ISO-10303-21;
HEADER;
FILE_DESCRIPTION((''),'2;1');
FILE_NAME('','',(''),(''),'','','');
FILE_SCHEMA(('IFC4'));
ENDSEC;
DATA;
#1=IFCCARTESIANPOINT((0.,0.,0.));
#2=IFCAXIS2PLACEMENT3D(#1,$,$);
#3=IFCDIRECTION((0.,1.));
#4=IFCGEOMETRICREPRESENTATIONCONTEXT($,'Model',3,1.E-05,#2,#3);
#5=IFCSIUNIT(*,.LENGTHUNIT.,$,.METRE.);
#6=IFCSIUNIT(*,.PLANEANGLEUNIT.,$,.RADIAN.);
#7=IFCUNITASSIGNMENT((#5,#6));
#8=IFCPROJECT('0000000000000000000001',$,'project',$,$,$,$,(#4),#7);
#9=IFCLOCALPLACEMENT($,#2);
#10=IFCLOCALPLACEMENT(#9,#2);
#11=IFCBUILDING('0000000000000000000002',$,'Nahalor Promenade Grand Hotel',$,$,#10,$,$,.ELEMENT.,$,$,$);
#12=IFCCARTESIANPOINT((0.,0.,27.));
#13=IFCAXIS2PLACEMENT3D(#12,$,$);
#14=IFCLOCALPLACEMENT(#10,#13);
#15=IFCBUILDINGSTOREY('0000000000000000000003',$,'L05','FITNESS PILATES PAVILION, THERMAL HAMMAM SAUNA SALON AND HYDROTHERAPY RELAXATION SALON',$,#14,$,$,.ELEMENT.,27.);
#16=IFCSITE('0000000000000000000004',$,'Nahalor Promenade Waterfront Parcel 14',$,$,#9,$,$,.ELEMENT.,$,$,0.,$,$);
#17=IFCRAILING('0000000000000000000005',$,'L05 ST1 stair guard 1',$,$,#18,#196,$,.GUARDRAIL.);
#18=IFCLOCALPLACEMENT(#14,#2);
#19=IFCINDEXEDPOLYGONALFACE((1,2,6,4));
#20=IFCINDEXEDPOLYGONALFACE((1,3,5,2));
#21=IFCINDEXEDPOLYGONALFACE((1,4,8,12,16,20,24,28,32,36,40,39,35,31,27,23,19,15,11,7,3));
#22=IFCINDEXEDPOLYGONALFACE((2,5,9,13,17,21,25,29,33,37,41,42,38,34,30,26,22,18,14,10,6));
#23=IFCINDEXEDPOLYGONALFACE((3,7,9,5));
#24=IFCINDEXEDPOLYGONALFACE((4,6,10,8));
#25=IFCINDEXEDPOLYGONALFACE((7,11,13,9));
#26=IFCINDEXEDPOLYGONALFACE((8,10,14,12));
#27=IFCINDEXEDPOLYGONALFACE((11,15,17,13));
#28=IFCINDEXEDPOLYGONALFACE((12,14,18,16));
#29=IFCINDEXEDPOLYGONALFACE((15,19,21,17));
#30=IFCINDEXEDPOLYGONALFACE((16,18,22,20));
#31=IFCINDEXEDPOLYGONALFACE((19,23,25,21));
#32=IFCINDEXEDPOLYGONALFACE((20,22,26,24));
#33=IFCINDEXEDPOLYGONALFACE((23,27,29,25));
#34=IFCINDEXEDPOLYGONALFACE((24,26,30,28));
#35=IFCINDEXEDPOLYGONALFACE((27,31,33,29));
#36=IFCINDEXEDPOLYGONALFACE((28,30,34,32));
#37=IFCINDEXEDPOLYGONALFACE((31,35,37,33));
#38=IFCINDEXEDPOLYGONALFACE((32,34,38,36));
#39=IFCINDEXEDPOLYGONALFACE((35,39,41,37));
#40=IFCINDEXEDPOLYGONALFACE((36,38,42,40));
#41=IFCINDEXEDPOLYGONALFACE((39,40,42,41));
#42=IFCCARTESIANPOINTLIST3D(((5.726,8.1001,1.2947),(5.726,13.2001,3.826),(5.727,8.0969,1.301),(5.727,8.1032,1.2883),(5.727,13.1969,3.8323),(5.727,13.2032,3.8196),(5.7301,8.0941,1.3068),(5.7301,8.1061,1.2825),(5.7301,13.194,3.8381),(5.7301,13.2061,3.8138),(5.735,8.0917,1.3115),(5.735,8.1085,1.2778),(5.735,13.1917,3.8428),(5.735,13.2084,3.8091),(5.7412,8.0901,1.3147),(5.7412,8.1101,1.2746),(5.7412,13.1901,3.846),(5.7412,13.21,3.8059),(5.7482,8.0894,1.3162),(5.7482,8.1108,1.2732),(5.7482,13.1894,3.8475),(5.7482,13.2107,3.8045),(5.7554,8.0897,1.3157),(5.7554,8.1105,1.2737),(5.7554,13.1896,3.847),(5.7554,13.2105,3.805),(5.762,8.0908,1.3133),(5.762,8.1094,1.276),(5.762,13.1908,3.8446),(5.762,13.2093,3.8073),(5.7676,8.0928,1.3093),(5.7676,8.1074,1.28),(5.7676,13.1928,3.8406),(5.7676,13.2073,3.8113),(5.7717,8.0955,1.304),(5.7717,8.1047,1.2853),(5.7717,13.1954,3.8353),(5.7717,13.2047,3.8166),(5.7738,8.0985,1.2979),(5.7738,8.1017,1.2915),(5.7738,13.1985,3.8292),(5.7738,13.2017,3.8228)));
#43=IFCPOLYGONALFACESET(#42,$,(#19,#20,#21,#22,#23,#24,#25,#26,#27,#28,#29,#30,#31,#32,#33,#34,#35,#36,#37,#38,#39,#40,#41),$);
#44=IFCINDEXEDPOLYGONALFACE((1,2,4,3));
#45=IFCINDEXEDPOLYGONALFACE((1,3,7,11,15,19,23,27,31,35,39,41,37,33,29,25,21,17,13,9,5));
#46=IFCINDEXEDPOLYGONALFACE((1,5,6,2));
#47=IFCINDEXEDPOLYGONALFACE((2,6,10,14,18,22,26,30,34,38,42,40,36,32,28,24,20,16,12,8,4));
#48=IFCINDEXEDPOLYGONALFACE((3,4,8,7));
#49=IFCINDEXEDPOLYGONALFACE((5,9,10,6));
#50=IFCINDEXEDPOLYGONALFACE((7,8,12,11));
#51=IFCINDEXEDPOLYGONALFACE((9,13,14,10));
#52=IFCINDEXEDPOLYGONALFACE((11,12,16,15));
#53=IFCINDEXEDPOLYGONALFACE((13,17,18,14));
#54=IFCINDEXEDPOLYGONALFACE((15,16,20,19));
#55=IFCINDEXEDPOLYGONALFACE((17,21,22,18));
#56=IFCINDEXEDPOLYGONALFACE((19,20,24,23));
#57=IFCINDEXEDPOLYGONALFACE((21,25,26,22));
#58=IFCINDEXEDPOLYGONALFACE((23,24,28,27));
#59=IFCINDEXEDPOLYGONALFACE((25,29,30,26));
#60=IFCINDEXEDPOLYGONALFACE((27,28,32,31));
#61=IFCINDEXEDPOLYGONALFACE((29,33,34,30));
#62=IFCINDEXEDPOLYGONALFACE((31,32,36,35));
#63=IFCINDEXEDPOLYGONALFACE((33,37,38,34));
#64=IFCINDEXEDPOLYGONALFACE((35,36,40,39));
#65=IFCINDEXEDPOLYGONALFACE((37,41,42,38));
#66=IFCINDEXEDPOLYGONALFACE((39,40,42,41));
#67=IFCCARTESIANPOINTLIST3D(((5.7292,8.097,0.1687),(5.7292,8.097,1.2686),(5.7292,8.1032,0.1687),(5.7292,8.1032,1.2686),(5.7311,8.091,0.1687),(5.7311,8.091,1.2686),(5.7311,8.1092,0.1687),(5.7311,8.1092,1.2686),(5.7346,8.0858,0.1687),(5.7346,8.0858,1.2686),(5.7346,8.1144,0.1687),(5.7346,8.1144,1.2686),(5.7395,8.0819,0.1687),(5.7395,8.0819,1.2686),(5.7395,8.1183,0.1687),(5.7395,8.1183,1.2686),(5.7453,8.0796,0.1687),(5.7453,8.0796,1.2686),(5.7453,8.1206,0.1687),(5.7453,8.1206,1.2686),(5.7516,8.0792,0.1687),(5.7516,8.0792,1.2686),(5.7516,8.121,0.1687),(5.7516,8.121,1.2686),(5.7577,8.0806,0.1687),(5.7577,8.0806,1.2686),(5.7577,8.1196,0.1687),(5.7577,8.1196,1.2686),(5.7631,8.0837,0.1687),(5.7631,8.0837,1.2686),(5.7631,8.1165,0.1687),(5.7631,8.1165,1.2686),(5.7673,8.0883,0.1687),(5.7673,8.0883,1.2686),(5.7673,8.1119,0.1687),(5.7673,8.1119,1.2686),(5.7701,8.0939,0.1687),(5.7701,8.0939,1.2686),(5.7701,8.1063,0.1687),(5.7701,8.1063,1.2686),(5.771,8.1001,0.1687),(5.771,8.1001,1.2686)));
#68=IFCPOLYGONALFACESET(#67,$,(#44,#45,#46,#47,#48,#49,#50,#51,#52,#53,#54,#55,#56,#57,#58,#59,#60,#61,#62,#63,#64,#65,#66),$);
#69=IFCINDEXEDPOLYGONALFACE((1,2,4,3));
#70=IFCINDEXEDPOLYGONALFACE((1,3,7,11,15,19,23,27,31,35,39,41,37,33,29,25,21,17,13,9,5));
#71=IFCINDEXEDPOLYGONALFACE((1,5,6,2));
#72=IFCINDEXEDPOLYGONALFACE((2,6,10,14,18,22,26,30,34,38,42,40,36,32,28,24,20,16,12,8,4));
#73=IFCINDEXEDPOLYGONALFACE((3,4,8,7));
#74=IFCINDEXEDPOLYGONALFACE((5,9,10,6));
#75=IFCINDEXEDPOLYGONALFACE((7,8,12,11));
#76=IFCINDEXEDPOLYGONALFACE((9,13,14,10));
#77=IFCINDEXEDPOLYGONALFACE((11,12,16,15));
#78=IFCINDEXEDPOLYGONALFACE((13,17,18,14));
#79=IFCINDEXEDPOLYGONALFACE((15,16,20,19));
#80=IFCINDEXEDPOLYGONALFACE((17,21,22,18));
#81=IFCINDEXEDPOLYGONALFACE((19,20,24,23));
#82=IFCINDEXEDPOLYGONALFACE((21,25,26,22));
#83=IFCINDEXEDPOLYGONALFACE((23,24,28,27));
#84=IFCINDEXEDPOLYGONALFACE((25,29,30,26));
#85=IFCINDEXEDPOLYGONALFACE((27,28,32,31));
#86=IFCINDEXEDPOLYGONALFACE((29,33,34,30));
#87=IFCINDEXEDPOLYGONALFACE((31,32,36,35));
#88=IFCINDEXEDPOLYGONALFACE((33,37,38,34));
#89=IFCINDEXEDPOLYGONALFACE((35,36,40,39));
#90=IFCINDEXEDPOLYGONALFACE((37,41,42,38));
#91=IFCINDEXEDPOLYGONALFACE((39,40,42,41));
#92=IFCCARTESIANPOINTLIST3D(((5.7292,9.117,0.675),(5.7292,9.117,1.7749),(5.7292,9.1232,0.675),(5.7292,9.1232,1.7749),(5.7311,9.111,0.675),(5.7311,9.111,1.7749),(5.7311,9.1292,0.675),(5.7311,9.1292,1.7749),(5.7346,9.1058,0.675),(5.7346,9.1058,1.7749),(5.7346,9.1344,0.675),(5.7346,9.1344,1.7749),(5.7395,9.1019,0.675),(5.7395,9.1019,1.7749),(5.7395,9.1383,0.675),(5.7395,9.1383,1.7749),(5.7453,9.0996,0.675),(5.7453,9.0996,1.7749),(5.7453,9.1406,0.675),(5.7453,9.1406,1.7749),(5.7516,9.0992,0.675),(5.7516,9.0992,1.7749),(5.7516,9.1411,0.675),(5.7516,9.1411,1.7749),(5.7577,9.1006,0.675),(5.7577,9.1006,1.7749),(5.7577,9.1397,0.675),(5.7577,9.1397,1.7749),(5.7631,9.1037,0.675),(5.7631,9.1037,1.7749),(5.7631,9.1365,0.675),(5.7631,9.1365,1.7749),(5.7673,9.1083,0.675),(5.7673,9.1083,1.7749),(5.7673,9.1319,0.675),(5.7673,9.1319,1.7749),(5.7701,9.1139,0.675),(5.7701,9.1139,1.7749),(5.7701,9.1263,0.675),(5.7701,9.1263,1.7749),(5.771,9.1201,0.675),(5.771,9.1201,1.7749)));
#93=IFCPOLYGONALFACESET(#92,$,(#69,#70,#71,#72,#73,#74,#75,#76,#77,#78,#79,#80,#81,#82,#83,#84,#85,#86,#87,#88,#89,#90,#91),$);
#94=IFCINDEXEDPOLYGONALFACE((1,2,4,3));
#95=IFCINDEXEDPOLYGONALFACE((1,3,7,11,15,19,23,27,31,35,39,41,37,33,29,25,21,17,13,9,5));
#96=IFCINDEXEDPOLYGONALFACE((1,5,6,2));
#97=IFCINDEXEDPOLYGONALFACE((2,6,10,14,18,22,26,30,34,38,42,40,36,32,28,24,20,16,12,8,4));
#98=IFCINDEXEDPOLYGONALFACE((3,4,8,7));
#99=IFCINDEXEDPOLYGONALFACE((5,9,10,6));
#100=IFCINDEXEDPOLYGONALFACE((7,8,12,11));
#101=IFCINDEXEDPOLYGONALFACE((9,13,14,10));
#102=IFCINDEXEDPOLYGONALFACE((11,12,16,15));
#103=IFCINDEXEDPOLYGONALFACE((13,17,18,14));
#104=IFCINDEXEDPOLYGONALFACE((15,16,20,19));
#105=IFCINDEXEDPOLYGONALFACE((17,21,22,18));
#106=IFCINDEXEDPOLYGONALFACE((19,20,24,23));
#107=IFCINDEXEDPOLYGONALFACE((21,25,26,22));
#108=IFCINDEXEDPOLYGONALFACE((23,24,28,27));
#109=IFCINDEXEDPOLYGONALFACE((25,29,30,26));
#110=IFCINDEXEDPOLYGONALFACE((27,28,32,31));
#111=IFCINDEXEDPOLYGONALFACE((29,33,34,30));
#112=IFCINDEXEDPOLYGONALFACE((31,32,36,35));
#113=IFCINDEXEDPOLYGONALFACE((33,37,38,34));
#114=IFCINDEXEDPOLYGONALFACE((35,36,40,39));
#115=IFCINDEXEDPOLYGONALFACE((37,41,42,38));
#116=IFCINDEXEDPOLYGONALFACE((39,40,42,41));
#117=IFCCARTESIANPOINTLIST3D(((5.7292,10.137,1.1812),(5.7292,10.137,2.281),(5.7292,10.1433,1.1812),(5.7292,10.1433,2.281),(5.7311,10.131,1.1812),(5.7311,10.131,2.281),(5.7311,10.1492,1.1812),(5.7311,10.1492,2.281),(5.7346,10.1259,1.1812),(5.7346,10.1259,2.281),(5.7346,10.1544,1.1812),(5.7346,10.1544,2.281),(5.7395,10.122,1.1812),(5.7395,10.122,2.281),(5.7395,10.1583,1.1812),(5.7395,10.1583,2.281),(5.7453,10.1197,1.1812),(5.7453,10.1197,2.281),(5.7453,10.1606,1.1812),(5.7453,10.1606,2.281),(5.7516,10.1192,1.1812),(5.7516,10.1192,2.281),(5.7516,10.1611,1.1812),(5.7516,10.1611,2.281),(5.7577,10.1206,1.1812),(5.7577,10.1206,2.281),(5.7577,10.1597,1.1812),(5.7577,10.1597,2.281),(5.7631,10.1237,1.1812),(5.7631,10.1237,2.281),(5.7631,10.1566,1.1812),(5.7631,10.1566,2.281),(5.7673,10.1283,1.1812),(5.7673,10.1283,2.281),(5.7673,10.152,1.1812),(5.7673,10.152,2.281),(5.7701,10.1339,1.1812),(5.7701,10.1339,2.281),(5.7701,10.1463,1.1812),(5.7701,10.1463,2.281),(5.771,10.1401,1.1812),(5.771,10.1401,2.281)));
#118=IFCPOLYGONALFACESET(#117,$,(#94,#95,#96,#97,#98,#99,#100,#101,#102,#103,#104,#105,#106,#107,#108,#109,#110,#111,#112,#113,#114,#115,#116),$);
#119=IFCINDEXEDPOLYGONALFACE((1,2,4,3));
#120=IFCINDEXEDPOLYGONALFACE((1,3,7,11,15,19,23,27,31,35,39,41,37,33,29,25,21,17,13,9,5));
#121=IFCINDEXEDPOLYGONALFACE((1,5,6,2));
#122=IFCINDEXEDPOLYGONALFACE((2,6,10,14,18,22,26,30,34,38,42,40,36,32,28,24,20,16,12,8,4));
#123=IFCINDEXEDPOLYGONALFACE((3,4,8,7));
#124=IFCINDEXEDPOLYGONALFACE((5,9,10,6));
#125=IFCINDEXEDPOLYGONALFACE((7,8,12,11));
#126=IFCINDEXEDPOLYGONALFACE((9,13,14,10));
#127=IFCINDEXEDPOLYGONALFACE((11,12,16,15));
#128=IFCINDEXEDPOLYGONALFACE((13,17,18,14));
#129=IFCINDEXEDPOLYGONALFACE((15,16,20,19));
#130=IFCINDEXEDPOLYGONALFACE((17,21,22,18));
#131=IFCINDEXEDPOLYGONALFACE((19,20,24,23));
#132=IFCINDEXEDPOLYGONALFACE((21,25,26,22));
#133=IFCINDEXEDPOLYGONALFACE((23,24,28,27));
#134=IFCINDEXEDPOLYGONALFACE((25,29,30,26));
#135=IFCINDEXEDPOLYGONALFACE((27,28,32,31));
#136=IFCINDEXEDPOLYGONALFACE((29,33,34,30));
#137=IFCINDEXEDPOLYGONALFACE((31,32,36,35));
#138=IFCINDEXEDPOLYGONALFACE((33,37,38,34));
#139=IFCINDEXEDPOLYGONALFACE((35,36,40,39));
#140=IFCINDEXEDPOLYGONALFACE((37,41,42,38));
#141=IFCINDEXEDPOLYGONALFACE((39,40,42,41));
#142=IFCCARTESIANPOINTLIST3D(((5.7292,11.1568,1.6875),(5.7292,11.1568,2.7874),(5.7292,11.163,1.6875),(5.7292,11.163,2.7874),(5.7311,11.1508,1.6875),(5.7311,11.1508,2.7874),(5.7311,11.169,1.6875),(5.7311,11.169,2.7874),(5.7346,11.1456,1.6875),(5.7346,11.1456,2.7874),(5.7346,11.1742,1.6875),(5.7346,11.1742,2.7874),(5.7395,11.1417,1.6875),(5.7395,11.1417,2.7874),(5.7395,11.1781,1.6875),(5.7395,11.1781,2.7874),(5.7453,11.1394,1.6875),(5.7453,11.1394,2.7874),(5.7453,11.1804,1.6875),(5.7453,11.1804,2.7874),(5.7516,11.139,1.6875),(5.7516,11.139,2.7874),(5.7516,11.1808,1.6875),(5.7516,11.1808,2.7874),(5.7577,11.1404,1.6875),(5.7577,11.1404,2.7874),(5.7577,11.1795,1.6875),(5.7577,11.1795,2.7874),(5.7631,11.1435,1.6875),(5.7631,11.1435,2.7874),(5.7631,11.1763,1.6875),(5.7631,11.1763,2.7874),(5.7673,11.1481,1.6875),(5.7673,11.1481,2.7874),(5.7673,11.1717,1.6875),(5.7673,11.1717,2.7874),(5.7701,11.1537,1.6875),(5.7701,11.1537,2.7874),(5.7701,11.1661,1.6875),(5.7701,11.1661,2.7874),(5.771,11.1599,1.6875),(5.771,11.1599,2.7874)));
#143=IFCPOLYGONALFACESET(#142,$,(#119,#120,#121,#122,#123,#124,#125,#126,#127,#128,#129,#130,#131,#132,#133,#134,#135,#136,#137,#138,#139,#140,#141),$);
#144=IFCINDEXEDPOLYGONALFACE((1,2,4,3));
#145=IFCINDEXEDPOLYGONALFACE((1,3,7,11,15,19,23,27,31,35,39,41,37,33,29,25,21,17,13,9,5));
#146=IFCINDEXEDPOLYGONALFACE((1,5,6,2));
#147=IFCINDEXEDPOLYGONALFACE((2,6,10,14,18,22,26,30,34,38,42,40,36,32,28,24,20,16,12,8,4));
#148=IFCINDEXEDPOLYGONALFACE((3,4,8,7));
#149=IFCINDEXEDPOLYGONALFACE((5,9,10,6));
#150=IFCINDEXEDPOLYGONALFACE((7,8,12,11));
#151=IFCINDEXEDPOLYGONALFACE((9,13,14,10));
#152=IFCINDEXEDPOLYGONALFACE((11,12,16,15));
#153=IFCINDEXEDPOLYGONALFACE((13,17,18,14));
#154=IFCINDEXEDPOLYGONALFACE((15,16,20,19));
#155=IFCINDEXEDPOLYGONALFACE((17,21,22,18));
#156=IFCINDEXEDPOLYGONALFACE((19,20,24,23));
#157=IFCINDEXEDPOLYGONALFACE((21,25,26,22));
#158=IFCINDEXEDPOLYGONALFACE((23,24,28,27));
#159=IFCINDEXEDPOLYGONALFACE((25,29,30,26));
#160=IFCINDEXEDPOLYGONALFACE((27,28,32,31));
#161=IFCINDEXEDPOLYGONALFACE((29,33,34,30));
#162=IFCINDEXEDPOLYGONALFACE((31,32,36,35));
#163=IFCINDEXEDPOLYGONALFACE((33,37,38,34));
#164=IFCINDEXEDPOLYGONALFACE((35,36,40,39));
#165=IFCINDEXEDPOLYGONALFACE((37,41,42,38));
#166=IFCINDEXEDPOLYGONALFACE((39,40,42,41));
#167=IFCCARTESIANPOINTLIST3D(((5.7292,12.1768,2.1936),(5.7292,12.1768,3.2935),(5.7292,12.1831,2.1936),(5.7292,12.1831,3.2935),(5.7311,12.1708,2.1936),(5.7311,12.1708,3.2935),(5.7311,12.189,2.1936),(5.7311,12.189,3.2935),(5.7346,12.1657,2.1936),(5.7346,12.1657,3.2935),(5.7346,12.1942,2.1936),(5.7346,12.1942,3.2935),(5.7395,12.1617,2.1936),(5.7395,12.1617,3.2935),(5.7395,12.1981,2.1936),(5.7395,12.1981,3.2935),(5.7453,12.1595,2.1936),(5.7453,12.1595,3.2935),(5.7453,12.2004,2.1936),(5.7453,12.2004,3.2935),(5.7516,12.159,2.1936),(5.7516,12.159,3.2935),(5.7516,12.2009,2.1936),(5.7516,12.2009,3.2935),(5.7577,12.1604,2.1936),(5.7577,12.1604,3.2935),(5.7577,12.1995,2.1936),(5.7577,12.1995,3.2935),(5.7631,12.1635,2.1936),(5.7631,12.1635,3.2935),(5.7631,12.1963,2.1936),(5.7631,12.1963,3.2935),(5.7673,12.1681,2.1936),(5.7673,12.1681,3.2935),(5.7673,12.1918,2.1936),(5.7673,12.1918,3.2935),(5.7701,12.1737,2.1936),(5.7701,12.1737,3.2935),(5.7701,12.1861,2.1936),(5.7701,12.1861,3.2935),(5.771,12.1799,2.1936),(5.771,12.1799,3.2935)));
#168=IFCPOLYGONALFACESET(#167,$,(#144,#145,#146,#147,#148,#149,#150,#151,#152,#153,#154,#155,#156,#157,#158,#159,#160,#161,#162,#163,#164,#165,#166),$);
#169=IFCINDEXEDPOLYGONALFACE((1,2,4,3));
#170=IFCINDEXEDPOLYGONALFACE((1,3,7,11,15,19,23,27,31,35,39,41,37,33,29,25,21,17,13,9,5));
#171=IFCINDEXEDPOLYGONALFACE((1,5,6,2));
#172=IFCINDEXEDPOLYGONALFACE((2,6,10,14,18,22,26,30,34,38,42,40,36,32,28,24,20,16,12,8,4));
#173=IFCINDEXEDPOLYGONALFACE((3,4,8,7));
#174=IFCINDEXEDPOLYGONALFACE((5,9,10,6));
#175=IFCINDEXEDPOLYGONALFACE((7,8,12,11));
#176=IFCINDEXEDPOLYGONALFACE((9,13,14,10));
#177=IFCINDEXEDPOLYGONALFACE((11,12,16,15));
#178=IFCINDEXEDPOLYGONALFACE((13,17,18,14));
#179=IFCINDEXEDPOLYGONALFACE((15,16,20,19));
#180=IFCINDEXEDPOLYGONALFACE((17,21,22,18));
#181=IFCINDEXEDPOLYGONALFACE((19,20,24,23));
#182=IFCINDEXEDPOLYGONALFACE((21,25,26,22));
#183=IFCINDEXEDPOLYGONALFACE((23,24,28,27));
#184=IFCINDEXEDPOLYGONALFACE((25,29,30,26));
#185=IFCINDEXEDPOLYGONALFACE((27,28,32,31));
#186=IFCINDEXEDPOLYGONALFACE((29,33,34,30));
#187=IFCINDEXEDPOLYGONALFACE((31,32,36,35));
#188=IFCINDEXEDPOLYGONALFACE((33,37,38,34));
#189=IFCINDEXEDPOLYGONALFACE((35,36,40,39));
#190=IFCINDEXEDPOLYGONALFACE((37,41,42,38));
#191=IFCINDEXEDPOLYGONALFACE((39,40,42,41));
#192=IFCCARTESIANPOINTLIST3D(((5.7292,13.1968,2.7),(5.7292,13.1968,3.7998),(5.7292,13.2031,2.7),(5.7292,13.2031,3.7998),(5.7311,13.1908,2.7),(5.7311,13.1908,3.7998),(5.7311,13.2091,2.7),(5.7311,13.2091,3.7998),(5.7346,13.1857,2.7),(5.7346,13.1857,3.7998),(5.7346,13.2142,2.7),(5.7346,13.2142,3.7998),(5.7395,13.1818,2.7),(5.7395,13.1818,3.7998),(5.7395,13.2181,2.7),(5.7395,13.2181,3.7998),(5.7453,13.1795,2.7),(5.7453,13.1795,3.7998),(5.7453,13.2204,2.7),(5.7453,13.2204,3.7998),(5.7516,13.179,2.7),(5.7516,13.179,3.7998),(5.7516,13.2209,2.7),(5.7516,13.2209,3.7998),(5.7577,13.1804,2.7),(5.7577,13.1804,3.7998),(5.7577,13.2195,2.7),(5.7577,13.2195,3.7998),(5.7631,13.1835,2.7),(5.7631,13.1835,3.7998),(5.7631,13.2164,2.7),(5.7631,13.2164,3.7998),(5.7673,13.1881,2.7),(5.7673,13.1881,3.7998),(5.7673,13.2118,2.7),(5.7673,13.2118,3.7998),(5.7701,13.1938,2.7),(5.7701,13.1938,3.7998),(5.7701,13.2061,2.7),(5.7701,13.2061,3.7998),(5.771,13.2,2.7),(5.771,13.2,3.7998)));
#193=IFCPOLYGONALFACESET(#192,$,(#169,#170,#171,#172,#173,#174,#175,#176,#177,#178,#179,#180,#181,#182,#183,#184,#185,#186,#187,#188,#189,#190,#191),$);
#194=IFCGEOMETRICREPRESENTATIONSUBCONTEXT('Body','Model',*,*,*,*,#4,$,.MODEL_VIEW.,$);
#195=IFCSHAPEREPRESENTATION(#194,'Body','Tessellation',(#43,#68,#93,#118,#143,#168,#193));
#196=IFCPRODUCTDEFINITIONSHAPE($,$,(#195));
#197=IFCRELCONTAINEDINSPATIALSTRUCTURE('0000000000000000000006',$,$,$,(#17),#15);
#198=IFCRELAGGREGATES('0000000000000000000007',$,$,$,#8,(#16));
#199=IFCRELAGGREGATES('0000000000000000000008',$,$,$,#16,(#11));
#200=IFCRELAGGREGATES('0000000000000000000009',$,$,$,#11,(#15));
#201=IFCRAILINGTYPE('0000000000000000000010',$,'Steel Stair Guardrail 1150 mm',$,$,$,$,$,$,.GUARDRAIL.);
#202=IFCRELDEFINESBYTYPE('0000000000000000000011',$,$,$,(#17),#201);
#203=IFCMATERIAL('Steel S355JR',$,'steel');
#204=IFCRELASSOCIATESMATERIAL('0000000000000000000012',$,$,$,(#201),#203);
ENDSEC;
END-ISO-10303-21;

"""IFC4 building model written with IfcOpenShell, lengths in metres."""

from ifc_helpers import new_model, si_unit, direction, frame, origin, origin_2d, place, context, subcontext, project, spatial, circle, extrude, material, type_object, element, save


model = new_model("IFC4")

# Units and contexts
model_context = context("Model", 3, precision=1e-05, world=origin(), true_north=direction((0.0, 1.0)))
body_context = subcontext(model_context, "Body", "Model", "MODEL_VIEW")
ifc_project = project(units=[si_unit("LENGTHUNIT", "METRE"), si_unit("PLANEANGLEUNIT", "RADIAN")], contexts=[model_context])

# Site, building, storey
site_placement = place(None, origin())
site = spatial("IfcSite", under=ifc_project, at=site_placement, Name="Nahalor Promenade Waterfront Parcel 14", CompositionType="ELEMENT", RefElevation=0.0)
building_placement = place(site_placement, origin())
building = spatial("IfcBuilding", under=site, at=building_placement, Name="Nahalor Promenade Grand Hotel", CompositionType="ELEMENT")
storey_placement = place(building_placement, frame((0.0, 0.0, 27.0)))
storey = spatial("IfcBuildingStorey", under=building, at=storey_placement, Name="L05", Description="FITNESS PILATES PAVILION, THERMAL HAMMAM SAUNA SALON AND HYDROTHERAPY RELAXATION SALON", CompositionType="ELEMENT", Elevation=27.0)

# Shared definitions
ifc_material_1 = material(Name="Steel S355JR", Category="steel")

# Railing
railing_type_1 = type_object("IfcRailingType", Name="Steel Stair Guardrail 1150 mm", PredefinedType="GUARDRAIL", material=ifc_material_1)
railing_1_placement = place(storey_placement, frame((5.75, 8.1001, 0.1687)))
element("IfcRailing", 1, at=railing_1_placement, inside=storey, type_object=railing_type_1, Name="L05 ST1 stair guard 1", PredefinedType="GUARDRAIL", context=body_context, shape_type="SweptSolid", body=[
    extrude(circle(Radius=0.024, at=origin_2d()), frame((0.0, 0.0, 1.126), z_axis=(0.0, 0.895735, 0.444587), x_axis=(-1.0, 0.0, 0.0)), (0.0, 0.0, 1.0), 5.6936),
    extrude(circle(Radius=0.021, at=origin_2d()), origin(), (0.0, 0.0, 1.0), 1.0999),
    extrude(circle(Radius=0.021, at=origin_2d()), frame((0.0, 1.02, 0.5063)), (0.0, 0.0, 1.0), 1.0999),
    extrude(circle(Radius=0.021, at=origin_2d()), frame((0.0, 2.04, 1.0125)), (0.0, 0.0, 1.0), 1.0999),
    extrude(circle(Radius=0.021, at=origin_2d()), frame((0.0, 3.0598, 1.5188)), (0.0, 0.0, 1.0), 1.0999),
    extrude(circle(Radius=0.021, at=origin_2d()), frame((0.0, 4.0798, 2.0249)), (0.0, 0.0, 1.0), 1.0999),
    extrude(circle(Radius=0.021, at=origin_2d()), frame((0.0, 5.0999, 2.5312)), (0.0, 0.0, 1.0), 1.0999),
])

save(model, "model.ifc")
